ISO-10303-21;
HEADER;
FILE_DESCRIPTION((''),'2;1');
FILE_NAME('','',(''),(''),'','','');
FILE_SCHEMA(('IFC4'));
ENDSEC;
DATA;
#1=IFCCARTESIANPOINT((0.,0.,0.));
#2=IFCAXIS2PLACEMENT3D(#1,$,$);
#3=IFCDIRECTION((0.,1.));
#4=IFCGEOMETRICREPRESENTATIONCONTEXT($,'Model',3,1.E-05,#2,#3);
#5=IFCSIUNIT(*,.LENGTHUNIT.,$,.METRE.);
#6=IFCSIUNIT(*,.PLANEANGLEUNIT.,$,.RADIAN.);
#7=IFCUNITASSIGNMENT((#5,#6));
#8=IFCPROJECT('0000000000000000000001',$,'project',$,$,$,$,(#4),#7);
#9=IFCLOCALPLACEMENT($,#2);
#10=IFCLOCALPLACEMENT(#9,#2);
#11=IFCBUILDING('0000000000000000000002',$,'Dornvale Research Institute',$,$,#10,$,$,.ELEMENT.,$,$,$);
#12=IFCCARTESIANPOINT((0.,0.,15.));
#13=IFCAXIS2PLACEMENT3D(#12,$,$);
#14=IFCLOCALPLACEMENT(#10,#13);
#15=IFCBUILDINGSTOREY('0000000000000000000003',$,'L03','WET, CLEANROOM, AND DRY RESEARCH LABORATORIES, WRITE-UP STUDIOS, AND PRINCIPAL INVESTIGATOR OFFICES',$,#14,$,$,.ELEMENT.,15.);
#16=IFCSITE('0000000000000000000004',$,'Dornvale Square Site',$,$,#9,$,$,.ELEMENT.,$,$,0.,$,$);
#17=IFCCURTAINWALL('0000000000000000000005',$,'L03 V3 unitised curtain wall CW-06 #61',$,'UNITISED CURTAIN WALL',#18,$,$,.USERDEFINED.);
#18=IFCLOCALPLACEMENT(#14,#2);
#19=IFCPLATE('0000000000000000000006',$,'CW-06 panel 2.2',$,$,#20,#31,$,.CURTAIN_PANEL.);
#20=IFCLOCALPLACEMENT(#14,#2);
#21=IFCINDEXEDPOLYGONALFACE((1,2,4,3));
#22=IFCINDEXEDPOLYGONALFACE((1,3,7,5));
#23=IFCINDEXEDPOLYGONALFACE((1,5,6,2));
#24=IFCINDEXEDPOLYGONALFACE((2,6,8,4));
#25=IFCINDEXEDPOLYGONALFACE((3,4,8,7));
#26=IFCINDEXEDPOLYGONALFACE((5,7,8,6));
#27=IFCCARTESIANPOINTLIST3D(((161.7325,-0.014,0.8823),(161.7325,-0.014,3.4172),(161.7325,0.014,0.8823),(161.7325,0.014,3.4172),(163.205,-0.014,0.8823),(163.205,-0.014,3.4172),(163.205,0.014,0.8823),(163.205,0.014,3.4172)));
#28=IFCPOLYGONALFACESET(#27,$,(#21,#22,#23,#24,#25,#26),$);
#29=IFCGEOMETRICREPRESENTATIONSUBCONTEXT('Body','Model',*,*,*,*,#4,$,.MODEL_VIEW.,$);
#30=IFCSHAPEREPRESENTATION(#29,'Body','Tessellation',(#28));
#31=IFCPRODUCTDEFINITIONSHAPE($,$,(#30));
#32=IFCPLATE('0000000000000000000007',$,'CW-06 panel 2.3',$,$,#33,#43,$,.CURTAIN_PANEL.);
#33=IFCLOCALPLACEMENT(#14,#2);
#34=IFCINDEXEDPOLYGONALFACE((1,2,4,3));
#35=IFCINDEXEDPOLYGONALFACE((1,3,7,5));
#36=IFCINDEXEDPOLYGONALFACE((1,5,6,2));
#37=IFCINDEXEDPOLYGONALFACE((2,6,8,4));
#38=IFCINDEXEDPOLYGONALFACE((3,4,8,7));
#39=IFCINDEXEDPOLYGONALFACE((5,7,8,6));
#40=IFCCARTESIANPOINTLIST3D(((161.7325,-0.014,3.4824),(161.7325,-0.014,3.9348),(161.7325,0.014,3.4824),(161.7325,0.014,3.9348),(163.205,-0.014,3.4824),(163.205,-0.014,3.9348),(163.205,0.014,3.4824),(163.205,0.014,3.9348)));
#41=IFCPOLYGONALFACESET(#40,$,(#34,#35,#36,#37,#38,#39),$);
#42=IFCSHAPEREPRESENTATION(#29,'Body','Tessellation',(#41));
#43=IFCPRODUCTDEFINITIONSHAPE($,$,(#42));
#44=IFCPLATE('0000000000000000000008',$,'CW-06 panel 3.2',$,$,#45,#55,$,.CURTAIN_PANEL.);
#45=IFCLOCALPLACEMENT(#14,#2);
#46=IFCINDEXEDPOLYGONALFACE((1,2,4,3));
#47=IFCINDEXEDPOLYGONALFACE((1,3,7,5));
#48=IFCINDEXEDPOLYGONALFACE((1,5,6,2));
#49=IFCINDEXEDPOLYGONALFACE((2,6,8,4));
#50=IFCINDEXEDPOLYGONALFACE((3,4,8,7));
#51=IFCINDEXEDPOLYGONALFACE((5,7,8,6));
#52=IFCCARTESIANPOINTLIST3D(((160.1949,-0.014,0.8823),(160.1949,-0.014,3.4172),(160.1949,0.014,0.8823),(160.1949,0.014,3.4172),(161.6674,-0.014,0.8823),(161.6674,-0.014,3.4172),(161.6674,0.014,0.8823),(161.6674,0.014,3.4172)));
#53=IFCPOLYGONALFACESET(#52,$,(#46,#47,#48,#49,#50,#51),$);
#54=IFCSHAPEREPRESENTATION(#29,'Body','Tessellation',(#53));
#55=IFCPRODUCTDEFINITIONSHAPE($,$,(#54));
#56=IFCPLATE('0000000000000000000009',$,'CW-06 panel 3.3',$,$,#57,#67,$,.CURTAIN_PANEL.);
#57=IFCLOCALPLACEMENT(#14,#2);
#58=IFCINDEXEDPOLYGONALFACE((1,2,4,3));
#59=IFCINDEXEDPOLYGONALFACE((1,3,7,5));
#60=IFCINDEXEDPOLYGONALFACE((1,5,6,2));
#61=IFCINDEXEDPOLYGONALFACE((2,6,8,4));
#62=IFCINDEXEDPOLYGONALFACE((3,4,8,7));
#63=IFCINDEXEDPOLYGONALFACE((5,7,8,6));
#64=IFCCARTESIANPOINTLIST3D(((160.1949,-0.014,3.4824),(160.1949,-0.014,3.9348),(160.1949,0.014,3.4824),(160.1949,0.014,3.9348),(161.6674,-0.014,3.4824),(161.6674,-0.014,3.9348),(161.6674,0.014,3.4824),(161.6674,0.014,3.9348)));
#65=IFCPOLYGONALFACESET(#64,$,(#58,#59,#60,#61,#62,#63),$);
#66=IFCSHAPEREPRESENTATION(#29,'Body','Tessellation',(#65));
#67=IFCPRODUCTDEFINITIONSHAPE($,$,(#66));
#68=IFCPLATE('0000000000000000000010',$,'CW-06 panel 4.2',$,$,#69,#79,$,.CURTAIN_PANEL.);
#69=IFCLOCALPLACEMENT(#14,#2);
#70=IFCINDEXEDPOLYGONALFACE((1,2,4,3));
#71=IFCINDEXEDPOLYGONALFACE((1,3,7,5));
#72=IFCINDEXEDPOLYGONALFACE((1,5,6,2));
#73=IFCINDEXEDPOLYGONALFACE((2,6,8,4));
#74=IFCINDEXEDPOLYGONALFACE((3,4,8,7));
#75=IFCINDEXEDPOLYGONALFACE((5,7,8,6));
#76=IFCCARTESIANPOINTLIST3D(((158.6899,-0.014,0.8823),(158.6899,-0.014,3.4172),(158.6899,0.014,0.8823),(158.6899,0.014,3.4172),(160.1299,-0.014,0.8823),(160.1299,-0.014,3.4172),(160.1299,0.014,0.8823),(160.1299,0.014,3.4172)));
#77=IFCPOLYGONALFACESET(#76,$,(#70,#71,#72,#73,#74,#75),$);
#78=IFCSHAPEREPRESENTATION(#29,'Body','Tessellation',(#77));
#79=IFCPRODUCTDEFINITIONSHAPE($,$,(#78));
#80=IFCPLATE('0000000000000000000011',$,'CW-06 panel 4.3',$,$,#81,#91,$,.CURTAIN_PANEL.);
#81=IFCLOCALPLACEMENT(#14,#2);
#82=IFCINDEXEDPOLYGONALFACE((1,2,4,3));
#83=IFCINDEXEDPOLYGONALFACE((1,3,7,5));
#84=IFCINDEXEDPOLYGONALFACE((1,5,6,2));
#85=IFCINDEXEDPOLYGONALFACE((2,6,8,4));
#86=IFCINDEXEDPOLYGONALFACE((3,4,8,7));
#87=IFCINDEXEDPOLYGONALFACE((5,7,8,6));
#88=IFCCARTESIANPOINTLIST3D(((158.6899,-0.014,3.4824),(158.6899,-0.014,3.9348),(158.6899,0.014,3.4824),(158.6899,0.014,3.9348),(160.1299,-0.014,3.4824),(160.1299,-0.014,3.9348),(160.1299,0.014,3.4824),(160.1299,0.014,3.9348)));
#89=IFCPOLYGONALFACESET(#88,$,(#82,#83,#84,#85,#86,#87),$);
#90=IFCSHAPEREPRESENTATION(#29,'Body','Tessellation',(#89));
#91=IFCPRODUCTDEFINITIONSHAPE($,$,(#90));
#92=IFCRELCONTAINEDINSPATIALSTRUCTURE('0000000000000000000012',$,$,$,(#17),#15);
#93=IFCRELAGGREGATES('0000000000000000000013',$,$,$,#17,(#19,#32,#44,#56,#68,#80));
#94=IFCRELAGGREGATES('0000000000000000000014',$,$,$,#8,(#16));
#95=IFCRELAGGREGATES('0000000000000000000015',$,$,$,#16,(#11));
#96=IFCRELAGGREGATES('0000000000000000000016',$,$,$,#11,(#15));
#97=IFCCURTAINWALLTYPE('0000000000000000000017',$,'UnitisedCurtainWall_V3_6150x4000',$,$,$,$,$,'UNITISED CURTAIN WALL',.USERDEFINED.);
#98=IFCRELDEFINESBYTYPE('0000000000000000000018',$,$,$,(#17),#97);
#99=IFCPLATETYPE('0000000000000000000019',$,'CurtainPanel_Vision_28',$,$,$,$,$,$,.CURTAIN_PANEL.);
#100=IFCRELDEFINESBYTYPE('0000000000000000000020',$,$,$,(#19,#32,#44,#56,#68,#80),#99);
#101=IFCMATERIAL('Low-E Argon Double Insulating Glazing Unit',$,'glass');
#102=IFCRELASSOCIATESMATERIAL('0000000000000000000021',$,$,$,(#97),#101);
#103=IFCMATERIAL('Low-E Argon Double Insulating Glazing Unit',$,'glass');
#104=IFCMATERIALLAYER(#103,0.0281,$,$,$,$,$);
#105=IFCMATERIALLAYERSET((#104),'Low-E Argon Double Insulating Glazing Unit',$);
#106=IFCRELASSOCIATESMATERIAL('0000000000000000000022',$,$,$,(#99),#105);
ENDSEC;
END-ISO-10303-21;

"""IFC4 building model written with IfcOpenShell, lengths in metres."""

from ifc_helpers import new_model, si_unit, direction, frame, origin, origin_2d, place, context, subcontext, project, spatial, rectangle, extrude, material, layer, layer_set, type_object, element, aggregate, save


model = new_model("IFC4")

# Units and contexts
model_context = context("Model", 3, precision=1e-05, world=origin(), true_north=direction((0.0, 1.0)))
body_context = subcontext(model_context, "Body", "Model", "MODEL_VIEW")
ifc_project = project(units=[si_unit("LENGTHUNIT", "METRE"), si_unit("PLANEANGLEUNIT", "RADIAN")], contexts=[model_context])

# Site, building, storey
site_placement = place(None, origin())
site = spatial("IfcSite", under=ifc_project, at=site_placement, Name="Dornvale Square Site", CompositionType="ELEMENT", RefElevation=0.0)
building_placement = place(site_placement, origin())
building = spatial("IfcBuilding", under=site, at=building_placement, Name="Dornvale Research Institute", CompositionType="ELEMENT")
storey_placement = place(building_placement, frame((0.0, 0.0, 15.0)))
storey = spatial("IfcBuildingStorey", under=building, at=storey_placement, Name="L03", Description="WET, CLEANROOM, AND DRY RESEARCH LABORATORIES, WRITE-UP STUDIOS, AND PRINCIPAL INVESTIGATOR OFFICES", CompositionType="ELEMENT", Elevation=15.0)

# Curtain wall, plates
ifc_material_1 = material(Name="Low-E Argon Double Insulating Glazing Unit", Category="glass")
curtain_wall_type = type_object("IfcCurtainWallType", Name="UnitisedCurtainWall_V3_6150x4000", ElementType="UNITISED CURTAIN WALL", PredefinedType="USERDEFINED", material=ifc_material_1)
curtain_wall_placement = place(storey_placement, origin())
curtain_wall = element("IfcCurtainWall", 1, at=curtain_wall_placement, inside=storey, type_object=curtain_wall_type, Name="L03 V3 unitised curtain wall CW-06 #61", ObjectType="UNITISED CURTAIN WALL", PredefinedType="USERDEFINED")
ifc_material_2 = material(Name="Low-E Argon Double Insulating Glazing Unit", Category="glass")
ifc_layer_1 = layer(ifc_material_2, 0.0281)
ifc_layer_set_1 = layer_set([ifc_layer_1], Name="Low-E Argon Double Insulating Glazing Unit")
plate_type_1 = type_object("IfcPlateType", Name="CurtainPanel_Vision_28", PredefinedType="CURTAIN_PANEL", material=ifc_layer_set_1)
plate_1_placement = place(storey_placement, frame((162.4688, 0.0, 0.8823), z_axis=(0.0, 0.0, 1.0), x_axis=(-1.0, 0.0, 0.0)))
plate_1 = element("IfcPlate", 2, at=plate_1_placement, type_object=plate_type_1, Name="CW-06 panel 2.2", PredefinedType="CURTAIN_PANEL", context=body_context, shape_type="SweptSolid", body=[
    extrude(rectangle(XDim=1.4724, YDim=0.0281, at=origin_2d()), origin(), (0.0, 0.0, 1.0), 2.5349),
])
plate_2_placement = place(storey_placement, frame((162.4688, 0.0, 3.4824), z_axis=(0.0, 0.0, 1.0), x_axis=(-1.0, 0.0, 0.0)))
plate_2 = element("IfcPlate", 3, at=plate_2_placement, type_object=plate_type_1, Name="CW-06 panel 2.3", PredefinedType="CURTAIN_PANEL", context=body_context, shape_type="SweptSolid", body=[
    extrude(rectangle(XDim=1.4724, YDim=0.0281, at=origin_2d()), origin(), (0.0, 0.0, 1.0), 0.4524),
])
plate_3_placement = place(storey_placement, frame((160.9312, 0.0, 0.8823), z_axis=(0.0, 0.0, 1.0), x_axis=(-1.0, 0.0, 0.0)))
plate_3 = element("IfcPlate", 4, at=plate_3_placement, type_object=plate_type_1, Name="CW-06 panel 3.2", PredefinedType="CURTAIN_PANEL", context=body_context, shape_type="SweptSolid", body=[
    extrude(rectangle(XDim=1.4724, YDim=0.0281, at=origin_2d()), origin(), (0.0, 0.0, 1.0), 2.5349),
])
plate_4_placement = place(storey_placement, frame((160.9312, 0.0, 3.4824), z_axis=(0.0, 0.0, 1.0), x_axis=(-1.0, 0.0, 0.0)))
plate_4 = element("IfcPlate", 5, at=plate_4_placement, type_object=plate_type_1, Name="CW-06 panel 3.3", PredefinedType="CURTAIN_PANEL", context=body_context, shape_type="SweptSolid", body=[
    extrude(rectangle(XDim=1.4724, YDim=0.0281, at=origin_2d()), origin(), (0.0, 0.0, 1.0), 0.4524),
])
plate_5_placement = place(storey_placement, frame((159.4099, 0.0, 0.8823), z_axis=(0.0, 0.0, 1.0), x_axis=(-1.0, 0.0, 0.0)))
plate_5 = element("IfcPlate", 6, at=plate_5_placement, type_object=plate_type_1, Name="CW-06 panel 4.2", PredefinedType="CURTAIN_PANEL", context=body_context, shape_type="SweptSolid", body=[
    extrude(rectangle(XDim=1.4399, YDim=0.0281, at=origin_2d()), origin(), (0.0, 0.0, 1.0), 2.5349),
])
plate_6_placement = place(storey_placement, frame((159.4099, 0.0, 3.4824), z_axis=(0.0, 0.0, 1.0), x_axis=(-1.0, 0.0, 0.0)))
plate_6 = element("IfcPlate", 7, at=plate_6_placement, type_object=plate_type_1, Name="CW-06 panel 4.3", PredefinedType="CURTAIN_PANEL", context=body_context, shape_type="SweptSolid", body=[
    extrude(rectangle(XDim=1.4399, YDim=0.0281, at=origin_2d()), origin(), (0.0, 0.0, 1.0), 0.4524),
])
aggregate(curtain_wall, [plate_1, plate_2, plate_3, plate_4, plate_5, plate_6])

save(model, "model.ifc")
